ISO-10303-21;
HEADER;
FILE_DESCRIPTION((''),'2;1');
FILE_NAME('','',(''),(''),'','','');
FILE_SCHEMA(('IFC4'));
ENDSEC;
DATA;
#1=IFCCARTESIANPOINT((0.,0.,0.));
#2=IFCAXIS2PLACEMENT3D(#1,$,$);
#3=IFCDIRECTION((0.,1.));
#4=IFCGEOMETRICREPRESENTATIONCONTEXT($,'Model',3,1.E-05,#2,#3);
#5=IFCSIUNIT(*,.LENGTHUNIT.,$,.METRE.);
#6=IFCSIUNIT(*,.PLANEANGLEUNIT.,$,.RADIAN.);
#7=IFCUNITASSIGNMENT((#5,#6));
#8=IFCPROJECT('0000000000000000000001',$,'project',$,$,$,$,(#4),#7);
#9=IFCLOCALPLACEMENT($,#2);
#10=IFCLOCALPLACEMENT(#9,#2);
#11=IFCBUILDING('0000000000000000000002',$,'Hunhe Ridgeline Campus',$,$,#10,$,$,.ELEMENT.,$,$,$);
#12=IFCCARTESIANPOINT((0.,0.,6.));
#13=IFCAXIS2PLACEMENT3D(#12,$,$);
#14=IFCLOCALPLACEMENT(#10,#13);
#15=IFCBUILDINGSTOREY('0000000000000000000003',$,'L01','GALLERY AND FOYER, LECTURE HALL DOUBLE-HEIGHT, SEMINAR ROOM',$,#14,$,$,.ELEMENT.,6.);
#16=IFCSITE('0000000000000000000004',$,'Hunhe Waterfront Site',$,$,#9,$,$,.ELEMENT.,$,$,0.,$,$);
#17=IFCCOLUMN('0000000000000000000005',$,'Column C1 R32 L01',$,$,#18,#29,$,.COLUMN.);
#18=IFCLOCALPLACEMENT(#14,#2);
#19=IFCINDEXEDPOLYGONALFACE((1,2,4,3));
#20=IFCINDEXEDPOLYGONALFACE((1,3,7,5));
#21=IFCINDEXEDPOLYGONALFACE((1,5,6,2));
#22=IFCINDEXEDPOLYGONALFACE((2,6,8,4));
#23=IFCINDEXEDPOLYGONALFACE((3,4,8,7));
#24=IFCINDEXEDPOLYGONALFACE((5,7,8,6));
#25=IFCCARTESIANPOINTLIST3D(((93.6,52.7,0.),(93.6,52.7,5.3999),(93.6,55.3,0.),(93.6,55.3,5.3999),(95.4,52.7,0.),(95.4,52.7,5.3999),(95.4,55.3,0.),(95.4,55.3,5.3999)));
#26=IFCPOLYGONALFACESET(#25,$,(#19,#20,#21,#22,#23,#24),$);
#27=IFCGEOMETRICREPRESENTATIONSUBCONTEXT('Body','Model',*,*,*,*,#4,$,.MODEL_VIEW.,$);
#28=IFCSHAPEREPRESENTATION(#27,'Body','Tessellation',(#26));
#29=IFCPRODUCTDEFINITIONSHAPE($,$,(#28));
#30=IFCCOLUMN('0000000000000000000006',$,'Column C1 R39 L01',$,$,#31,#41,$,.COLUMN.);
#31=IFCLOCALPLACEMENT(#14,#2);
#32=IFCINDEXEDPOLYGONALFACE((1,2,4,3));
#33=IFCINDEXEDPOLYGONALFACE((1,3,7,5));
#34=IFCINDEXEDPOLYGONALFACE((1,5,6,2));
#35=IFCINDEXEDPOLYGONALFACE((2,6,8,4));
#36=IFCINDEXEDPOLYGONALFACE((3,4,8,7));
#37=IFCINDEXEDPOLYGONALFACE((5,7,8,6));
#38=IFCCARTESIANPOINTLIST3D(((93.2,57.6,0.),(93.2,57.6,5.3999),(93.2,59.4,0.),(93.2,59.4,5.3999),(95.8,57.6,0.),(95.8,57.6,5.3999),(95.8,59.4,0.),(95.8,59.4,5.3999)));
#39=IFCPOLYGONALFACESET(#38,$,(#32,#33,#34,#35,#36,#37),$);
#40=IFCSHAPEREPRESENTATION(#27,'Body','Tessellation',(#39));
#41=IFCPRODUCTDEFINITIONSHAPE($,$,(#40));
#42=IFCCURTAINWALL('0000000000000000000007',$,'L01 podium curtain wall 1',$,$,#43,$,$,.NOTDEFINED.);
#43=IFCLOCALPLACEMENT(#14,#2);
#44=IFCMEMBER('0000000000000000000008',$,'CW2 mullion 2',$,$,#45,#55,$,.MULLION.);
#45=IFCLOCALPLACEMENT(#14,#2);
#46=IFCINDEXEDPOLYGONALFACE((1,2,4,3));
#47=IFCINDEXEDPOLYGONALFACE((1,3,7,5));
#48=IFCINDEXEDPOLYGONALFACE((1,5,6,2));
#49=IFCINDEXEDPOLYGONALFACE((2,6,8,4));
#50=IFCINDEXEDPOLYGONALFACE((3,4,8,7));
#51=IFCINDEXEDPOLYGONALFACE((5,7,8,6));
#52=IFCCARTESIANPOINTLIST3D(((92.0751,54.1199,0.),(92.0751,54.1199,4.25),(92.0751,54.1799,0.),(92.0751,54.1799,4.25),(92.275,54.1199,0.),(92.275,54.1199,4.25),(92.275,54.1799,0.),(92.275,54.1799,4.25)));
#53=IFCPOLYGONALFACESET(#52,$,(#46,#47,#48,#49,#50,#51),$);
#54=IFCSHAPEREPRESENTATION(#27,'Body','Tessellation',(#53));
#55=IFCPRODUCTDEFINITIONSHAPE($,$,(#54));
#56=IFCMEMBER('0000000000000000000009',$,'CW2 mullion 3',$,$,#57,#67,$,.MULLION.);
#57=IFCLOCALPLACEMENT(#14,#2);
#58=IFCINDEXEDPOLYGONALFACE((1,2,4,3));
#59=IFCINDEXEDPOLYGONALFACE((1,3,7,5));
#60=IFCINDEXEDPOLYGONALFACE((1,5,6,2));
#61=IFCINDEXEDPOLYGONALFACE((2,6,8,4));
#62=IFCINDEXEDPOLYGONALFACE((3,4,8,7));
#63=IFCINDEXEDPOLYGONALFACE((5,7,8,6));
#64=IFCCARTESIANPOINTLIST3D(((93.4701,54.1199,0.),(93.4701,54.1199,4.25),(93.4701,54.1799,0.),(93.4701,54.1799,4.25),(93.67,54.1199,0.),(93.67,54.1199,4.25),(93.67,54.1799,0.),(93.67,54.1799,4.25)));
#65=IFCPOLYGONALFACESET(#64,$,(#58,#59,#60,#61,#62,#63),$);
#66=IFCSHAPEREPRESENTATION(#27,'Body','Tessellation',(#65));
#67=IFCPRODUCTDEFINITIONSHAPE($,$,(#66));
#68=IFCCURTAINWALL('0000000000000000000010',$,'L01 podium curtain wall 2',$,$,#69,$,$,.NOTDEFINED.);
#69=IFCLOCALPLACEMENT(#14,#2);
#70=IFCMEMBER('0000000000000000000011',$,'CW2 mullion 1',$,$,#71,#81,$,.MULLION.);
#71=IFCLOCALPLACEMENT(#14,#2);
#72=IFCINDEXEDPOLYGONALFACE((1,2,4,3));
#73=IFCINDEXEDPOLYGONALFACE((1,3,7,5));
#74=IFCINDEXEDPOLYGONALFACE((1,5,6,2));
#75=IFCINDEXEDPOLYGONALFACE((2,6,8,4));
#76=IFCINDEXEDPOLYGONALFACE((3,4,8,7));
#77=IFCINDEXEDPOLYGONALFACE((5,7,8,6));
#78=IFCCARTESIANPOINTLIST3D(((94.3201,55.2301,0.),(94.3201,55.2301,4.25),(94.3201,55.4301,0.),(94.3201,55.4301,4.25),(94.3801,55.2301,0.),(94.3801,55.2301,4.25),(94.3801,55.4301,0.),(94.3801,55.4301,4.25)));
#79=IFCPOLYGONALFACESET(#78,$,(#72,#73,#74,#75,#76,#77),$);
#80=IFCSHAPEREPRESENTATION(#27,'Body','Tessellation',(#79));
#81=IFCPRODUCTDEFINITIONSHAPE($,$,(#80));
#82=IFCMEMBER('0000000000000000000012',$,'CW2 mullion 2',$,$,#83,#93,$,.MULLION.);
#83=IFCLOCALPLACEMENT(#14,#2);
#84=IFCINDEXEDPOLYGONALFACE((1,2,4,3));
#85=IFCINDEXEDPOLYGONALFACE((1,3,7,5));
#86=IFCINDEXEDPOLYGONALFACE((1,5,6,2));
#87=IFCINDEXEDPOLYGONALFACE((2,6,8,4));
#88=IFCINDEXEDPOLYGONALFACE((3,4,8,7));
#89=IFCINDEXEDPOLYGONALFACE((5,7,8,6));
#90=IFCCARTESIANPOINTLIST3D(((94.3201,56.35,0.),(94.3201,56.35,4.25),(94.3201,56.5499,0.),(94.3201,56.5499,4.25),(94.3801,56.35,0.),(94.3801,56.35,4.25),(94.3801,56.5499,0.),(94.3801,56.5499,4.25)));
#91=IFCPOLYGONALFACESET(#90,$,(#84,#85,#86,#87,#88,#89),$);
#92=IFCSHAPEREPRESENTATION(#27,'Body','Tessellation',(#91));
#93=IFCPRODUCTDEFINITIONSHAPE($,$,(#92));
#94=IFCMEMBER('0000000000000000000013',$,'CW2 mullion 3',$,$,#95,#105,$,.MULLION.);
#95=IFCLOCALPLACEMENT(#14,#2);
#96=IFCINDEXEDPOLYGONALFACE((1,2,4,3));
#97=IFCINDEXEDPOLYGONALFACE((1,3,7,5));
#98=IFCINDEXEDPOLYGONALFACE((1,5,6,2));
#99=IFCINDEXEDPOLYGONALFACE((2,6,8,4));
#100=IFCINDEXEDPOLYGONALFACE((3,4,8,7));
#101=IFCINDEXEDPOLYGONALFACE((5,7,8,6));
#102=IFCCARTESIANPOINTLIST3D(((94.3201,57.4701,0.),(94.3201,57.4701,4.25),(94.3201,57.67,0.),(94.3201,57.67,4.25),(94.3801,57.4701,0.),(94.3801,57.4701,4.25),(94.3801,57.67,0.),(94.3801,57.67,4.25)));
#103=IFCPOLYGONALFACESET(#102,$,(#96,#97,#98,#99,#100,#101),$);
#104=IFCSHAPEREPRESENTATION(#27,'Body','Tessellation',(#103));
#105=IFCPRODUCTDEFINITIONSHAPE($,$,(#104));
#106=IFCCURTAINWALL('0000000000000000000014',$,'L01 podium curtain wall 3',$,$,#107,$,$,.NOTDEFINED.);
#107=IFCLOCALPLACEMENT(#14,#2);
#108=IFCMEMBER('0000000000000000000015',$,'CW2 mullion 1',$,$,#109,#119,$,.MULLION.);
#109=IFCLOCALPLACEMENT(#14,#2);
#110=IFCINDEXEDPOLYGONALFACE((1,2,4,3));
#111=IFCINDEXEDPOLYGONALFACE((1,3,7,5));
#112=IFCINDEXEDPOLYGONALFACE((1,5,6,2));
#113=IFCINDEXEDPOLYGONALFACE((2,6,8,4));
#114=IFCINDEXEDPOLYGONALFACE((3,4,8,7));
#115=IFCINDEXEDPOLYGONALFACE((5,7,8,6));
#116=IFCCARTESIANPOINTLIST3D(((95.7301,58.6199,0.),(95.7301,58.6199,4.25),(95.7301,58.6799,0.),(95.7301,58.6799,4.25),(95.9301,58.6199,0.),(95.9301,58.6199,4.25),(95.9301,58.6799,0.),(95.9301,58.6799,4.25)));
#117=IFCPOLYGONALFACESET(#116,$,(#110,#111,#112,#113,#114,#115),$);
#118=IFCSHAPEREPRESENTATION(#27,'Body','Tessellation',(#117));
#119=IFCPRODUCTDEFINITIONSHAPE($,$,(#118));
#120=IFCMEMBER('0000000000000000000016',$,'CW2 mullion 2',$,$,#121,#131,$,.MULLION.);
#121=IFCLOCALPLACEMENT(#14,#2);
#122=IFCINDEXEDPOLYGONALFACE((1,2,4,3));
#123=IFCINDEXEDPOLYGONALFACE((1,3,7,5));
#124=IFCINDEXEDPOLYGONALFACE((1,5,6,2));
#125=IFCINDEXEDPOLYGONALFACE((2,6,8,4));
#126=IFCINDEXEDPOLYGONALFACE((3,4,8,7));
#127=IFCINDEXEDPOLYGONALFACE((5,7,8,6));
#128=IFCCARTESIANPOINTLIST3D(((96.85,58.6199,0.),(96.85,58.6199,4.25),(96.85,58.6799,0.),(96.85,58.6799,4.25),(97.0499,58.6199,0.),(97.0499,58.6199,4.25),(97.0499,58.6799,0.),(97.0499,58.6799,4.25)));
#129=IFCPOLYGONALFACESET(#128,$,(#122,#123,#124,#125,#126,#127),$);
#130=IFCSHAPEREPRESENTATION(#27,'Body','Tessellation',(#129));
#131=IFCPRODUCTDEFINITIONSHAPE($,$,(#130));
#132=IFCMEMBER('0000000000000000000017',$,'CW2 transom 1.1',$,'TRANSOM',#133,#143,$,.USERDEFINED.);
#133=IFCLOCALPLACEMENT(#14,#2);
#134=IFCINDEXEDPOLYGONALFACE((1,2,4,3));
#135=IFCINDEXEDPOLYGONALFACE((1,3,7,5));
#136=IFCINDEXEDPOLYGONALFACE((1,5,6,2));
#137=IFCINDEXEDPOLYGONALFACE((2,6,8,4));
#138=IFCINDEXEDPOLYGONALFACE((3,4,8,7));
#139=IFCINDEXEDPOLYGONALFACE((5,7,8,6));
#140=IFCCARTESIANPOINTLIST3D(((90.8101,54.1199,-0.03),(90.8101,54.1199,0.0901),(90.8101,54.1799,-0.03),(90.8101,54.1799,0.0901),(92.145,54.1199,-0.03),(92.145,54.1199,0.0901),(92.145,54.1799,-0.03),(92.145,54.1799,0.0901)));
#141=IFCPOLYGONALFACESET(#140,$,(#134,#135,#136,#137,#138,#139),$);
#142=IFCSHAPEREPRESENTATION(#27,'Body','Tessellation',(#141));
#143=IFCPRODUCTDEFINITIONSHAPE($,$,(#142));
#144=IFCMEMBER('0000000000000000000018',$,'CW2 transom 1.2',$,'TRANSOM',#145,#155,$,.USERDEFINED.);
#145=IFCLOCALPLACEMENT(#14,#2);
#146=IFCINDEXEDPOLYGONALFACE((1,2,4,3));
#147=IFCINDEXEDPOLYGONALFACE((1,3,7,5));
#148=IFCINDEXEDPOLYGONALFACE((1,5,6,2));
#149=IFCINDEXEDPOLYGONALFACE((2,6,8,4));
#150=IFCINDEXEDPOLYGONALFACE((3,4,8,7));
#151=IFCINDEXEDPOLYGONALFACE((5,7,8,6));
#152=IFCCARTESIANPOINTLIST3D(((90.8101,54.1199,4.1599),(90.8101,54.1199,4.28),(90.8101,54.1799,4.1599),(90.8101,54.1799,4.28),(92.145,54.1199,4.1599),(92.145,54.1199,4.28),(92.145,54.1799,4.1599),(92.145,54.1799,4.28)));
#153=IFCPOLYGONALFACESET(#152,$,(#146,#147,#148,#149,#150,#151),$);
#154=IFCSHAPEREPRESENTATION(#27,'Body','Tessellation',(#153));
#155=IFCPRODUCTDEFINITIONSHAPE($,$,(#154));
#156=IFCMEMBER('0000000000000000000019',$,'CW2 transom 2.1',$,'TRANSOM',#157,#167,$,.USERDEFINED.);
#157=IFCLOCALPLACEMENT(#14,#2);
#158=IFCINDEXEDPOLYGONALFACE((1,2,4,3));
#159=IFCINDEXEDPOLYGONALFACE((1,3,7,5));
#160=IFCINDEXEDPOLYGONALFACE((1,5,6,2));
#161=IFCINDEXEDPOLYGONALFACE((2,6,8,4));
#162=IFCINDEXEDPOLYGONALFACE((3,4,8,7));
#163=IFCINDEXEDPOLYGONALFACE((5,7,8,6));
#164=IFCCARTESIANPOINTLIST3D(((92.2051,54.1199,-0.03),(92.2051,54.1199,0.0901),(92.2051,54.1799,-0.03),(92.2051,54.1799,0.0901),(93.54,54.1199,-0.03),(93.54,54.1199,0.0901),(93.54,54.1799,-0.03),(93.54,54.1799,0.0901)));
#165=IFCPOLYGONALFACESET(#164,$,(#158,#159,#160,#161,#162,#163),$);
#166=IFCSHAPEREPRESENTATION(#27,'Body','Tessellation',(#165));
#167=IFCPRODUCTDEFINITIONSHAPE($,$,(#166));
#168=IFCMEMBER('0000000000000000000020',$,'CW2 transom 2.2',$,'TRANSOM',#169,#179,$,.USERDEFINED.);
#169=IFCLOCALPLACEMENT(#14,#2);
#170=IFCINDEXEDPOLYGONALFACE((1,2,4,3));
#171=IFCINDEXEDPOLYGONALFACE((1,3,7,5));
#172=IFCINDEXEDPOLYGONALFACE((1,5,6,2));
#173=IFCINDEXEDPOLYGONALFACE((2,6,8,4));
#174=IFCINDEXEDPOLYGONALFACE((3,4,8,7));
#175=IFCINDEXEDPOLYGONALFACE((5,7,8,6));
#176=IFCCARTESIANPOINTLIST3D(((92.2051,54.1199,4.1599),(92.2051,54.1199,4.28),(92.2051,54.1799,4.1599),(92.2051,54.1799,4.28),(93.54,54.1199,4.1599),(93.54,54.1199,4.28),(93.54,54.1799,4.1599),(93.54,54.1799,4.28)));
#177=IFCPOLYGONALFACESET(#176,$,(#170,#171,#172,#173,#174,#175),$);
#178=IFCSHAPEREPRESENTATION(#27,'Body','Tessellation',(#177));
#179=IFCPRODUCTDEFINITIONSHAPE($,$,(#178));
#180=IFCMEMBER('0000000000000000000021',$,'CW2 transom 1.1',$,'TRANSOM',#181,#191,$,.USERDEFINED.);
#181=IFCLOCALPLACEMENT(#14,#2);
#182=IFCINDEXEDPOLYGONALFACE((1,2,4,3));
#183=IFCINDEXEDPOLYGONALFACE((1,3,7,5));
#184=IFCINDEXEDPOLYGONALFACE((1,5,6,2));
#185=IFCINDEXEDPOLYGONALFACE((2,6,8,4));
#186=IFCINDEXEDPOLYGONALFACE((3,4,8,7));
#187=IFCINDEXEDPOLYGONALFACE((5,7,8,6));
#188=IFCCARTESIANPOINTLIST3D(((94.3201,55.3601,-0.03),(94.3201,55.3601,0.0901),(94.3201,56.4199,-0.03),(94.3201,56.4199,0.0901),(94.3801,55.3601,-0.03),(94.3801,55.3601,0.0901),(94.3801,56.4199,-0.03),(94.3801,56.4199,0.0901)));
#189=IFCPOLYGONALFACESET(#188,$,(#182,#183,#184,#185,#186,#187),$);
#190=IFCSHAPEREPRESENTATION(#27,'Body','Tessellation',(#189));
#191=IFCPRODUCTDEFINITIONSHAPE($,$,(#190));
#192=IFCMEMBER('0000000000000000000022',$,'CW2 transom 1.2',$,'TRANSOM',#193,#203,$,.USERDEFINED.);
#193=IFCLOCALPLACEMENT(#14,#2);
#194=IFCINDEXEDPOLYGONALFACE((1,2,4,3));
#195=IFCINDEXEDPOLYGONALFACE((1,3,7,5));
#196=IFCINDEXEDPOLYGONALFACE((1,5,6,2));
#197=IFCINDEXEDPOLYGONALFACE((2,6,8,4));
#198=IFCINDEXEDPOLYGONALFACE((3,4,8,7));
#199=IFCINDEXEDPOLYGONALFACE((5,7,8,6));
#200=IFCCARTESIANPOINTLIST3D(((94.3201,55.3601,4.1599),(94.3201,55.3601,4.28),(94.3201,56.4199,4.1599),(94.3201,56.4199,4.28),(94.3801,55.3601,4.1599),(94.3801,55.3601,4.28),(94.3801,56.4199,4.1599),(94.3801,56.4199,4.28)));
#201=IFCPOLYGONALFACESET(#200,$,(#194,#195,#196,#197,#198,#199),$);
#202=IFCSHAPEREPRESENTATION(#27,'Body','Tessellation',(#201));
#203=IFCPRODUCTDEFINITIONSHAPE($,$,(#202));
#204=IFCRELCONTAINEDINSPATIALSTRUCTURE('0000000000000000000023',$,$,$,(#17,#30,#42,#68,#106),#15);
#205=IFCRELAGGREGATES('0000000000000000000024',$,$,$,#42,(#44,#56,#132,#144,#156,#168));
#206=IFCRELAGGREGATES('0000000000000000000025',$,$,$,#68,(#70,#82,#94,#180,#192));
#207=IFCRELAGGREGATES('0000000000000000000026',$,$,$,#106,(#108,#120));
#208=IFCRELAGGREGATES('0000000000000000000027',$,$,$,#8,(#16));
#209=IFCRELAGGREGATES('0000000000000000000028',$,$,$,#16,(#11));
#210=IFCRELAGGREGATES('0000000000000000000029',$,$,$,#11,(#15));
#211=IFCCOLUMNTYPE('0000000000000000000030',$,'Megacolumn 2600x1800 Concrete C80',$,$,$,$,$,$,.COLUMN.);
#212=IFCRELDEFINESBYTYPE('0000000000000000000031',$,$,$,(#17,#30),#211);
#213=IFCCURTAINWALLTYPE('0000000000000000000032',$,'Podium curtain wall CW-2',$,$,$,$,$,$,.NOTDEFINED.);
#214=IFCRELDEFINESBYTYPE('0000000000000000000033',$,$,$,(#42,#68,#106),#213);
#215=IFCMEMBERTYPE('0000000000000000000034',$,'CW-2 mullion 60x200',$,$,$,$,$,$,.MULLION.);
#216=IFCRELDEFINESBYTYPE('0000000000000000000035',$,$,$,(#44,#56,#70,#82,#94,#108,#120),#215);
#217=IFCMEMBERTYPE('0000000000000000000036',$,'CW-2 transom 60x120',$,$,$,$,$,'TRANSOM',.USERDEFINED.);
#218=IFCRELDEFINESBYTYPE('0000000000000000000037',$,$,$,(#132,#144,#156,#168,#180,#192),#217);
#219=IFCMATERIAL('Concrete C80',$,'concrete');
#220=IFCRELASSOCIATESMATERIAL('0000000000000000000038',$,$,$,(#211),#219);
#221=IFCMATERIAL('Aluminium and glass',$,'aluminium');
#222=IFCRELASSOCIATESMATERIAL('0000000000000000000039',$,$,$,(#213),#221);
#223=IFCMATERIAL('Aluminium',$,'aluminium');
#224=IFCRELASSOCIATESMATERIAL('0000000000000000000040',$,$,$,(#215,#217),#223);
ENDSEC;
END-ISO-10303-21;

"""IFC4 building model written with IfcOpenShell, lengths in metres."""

from ifc_helpers import new_model, si_unit, direction, frame, origin, origin_2d, place, context, subcontext, project, spatial, rectangle, extrude, material, material_profile, profile_set, type_object, element, aggregate, save


model = new_model("IFC4")

# Units and contexts
model_context = context("Model", 3, precision=1e-05, world=origin(), true_north=direction((0.0, 1.0)))
body_context = subcontext(model_context, "Body", "Model", "MODEL_VIEW")
ifc_project = project(units=[si_unit("LENGTHUNIT", "METRE"), si_unit("PLANEANGLEUNIT", "RADIAN")], contexts=[model_context])

# Site, building, storey
site_placement = place(None, origin())
site = spatial("IfcSite", under=ifc_project, at=site_placement, Name="Hunhe Waterfront Site", CompositionType="ELEMENT", RefElevation=0.0)
building_placement = place(site_placement, origin())
building = spatial("IfcBuilding", under=site, at=building_placement, Name="Hunhe Ridgeline Campus", CompositionType="ELEMENT")
storey_placement = place(building_placement, frame((0.0, 0.0, 6.0)))
storey = spatial("IfcBuildingStorey", under=building, at=storey_placement, Name="L01", Description="GALLERY AND FOYER, LECTURE HALL DOUBLE-HEIGHT, SEMINAR ROOM", CompositionType="ELEMENT", Elevation=6.0)

# Columns
ifc_material_1 = material(Name="Concrete C80", Category="concrete")
ifc_material_profile_1 = material_profile(ifc_material_1, rectangle(XDim=2.6001, YDim=1.8, at=origin_2d()))
ifc_profile_set_1 = profile_set([ifc_material_profile_1], Name="Concrete C80")
column_type = type_object("IfcColumnType", Name="Megacolumn 2600x1800 Concrete C80", PredefinedType="COLUMN", material=ifc_profile_set_1)
for number, where, z_axis, x_axis, name in (
    (1, (94.5, 54.0, 0.0), (0.0, 0.0, 1.0), (0.0, 1.0, 0.0), "Column C1 R32 L01"),
    (2, (94.5, 58.5, 0.0), (0.0, 0.0, 1.0), (1.0, 0.0, 0.0), "Column C1 R39 L01"),
):
    element("IfcColumn", number, at=place(storey_placement, frame(where, z_axis=z_axis, x_axis=x_axis)), inside=storey, type_object=column_type, Name=name, PredefinedType="COLUMN", context=body_context, shape_type="SweptSolid", body=[
        extrude(rectangle(XDim=2.6001, YDim=1.8, at=origin_2d()), origin(), (0.0, 0.0, 1.0), 5.3999),
    ])

# Curtain walls, members
ifc_material_2 = material(Name="Aluminium and glass", Category="aluminium")
curtain_wall_type = type_object("IfcCurtainWallType", Name="Podium curtain wall CW-2", PredefinedType="NOTDEFINED", material=ifc_material_2)
curtain_wall_1_placement = place(storey_placement, origin())
curtain_wall_1 = element("IfcCurtainWall", 3, at=curtain_wall_1_placement, inside=storey, type_object=curtain_wall_type, Name="L01 podium curtain wall 1", PredefinedType="NOTDEFINED")
ifc_material_3 = material(Name="Aluminium", Category="aluminium")
ifc_material_profile_2 = material_profile(ifc_material_3, rectangle(XDim=0.0601, YDim=0.2, at=origin_2d()))
ifc_profile_set_2 = profile_set([ifc_material_profile_2], Name="Aluminium")
member_type_1 = type_object("IfcMemberType", Name="CW-2 mullion 60x200", PredefinedType="MULLION", material=ifc_profile_set_2)
member_1_placement = place(storey_placement, frame((92.175, 54.1499, 0.0), z_axis=(0.0, 0.0, 1.0), x_axis=(0.0, 1.0, 0.0)))
member_1 = element("IfcMember", 4, at=member_1_placement, type_object=member_type_1, Name="CW2 mullion 2", PredefinedType="MULLION", context=body_context, shape_type="SweptSolid", body=[
    extrude(rectangle(XDim=0.0601, YDim=0.2, at=origin_2d()), origin(), (0.0, 0.0, 1.0), 4.25),
])
member_2_placement = place(storey_placement, frame((93.5701, 54.1499, 0.0), z_axis=(0.0, 0.0, 1.0), x_axis=(0.0, 1.0, 0.0)))
member_2 = element("IfcMember", 5, at=member_2_placement, type_object=member_type_1, Name="CW2 mullion 3", PredefinedType="MULLION", context=body_context, shape_type="SweptSolid", body=[
    extrude(rectangle(XDim=0.0601, YDim=0.2, at=origin_2d()), origin(), (0.0, 0.0, 1.0), 4.25),
])
curtain_wall_2_placement = place(storey_placement, origin())
curtain_wall_2 = element("IfcCurtainWall", 6, at=curtain_wall_2_placement, inside=storey, type_object=curtain_wall_type, Name="L01 podium curtain wall 2", PredefinedType="NOTDEFINED")
member_3_placement = place(storey_placement, frame((94.3501, 55.3301, 0.0), z_axis=(0.0, 0.0, 1.0), x_axis=(-1.0, 0.0, 0.0)))
member_3 = element("IfcMember", 7, at=member_3_placement, type_object=member_type_1, Name="CW2 mullion 1", PredefinedType="MULLION", context=body_context, shape_type="SweptSolid", body=[
    extrude(rectangle(XDim=0.0601, YDim=0.2, at=origin_2d()), origin(), (0.0, 0.0, 1.0), 4.25),
])
member_4_placement = place(storey_placement, frame((94.3501, 56.45, 0.0), z_axis=(0.0, 0.0, 1.0), x_axis=(-1.0, 0.0, 0.0)))
member_4 = element("IfcMember", 8, at=member_4_placement, type_object=member_type_1, Name="CW2 mullion 2", PredefinedType="MULLION", context=body_context, shape_type="SweptSolid", body=[
    extrude(rectangle(XDim=0.0601, YDim=0.2, at=origin_2d()), origin(), (0.0, 0.0, 1.0), 4.25),
])
member_5_placement = place(storey_placement, frame((94.3501, 57.5701, 0.0), z_axis=(0.0, 0.0, 1.0), x_axis=(-1.0, 0.0, 0.0)))
member_5 = element("IfcMember", 9, at=member_5_placement, type_object=member_type_1, Name="CW2 mullion 3", PredefinedType="MULLION", context=body_context, shape_type="SweptSolid", body=[
    extrude(rectangle(XDim=0.0601, YDim=0.2, at=origin_2d()), origin(), (0.0, 0.0, 1.0), 4.25),
])
curtain_wall_3_placement = place(storey_placement, origin())
curtain_wall_3 = element("IfcCurtainWall", 10, at=curtain_wall_3_placement, inside=storey, type_object=curtain_wall_type, Name="L01 podium curtain wall 3", PredefinedType="NOTDEFINED")
member_6_placement = place(storey_placement, frame((95.8301, 58.6499, 0.0), z_axis=(0.0, 0.0, 1.0), x_axis=(0.0, 1.0, 0.0)))
member_6 = element("IfcMember", 11, at=member_6_placement, type_object=member_type_1, Name="CW2 mullion 1", PredefinedType="MULLION", context=body_context, shape_type="SweptSolid", body=[
    extrude(rectangle(XDim=0.0601, YDim=0.2, at=origin_2d()), origin(), (0.0, 0.0, 1.0), 4.25),
])
member_7_placement = place(storey_placement, frame((96.95, 58.6499, 0.0), z_axis=(0.0, 0.0, 1.0), x_axis=(0.0, 1.0, 0.0)))
member_7 = element("IfcMember", 12, at=member_7_placement, type_object=member_type_1, Name="CW2 mullion 2", PredefinedType="MULLION", context=body_context, shape_type="SweptSolid", body=[
    extrude(rectangle(XDim=0.0601, YDim=0.2, at=origin_2d()), origin(), (0.0, 0.0, 1.0), 4.25),
])

# Members
ifc_material_profile_3 = material_profile(ifc_material_3, rectangle(XDim=0.0601, YDim=0.1201, at=origin_2d()))
ifc_profile_set_3 = profile_set([ifc_material_profile_3], Name="Aluminium")
member_type_2 = type_object("IfcMemberType", Name="CW-2 transom 60x120", ElementType="TRANSOM", PredefinedType="USERDEFINED", material=ifc_profile_set_3)
member_8_placement = place(storey_placement, frame((90.8101, 54.1499, 0.03), z_axis=(1.0, 0.0, 0.0), x_axis=(0.0, 1.0, 0.0)))
member_8 = element("IfcMember", 13, at=member_8_placement, type_object=member_type_2, Name="CW2 transom 1.1", ObjectType="TRANSOM", PredefinedType="USERDEFINED", context=body_context, shape_type="SweptSolid", body=[
    extrude(rectangle(XDim=0.0601, YDim=0.1201, at=origin_2d()), origin(), (0.0, 0.0, 1.0), 1.335),
])
member_9_placement = place(storey_placement, frame((90.8101, 54.1499, 4.22), z_axis=(1.0, 0.0, 0.0), x_axis=(0.0, 1.0, 0.0)))
member_9 = element("IfcMember", 14, at=member_9_placement, type_object=member_type_2, Name="CW2 transom 1.2", ObjectType="TRANSOM", PredefinedType="USERDEFINED", context=body_context, shape_type="SweptSolid", body=[
    extrude(rectangle(XDim=0.0601, YDim=0.1201, at=origin_2d()), origin(), (0.0, 0.0, 1.0), 1.335),
])
member_10_placement = place(storey_placement, frame((92.2051, 54.1499, 0.03), z_axis=(1.0, 0.0, 0.0), x_axis=(0.0, 1.0, 0.0)))
member_10 = element("IfcMember", 15, at=member_10_placement, type_object=member_type_2, Name="CW2 transom 2.1", ObjectType="TRANSOM", PredefinedType="USERDEFINED", context=body_context, shape_type="SweptSolid", body=[
    extrude(rectangle(XDim=0.0601, YDim=0.1201, at=origin_2d()), origin(), (0.0, 0.0, 1.0), 1.335),
])
member_11_placement = place(storey_placement, frame((92.2051, 54.1499, 4.22), z_axis=(1.0, 0.0, 0.0), x_axis=(0.0, 1.0, 0.0)))
member_11 = element("IfcMember", 16, at=member_11_placement, type_object=member_type_2, Name="CW2 transom 2.2", ObjectType="TRANSOM", PredefinedType="USERDEFINED", context=body_context, shape_type="SweptSolid", body=[
    extrude(rectangle(XDim=0.0601, YDim=0.1201, at=origin_2d()), origin(), (0.0, 0.0, 1.0), 1.335),
])
member_12_placement = place(storey_placement, frame((94.3501, 55.3601, 0.03), z_axis=(0.0, 1.0, 0.0), x_axis=(-1.0, 0.0, 0.0)))
member_12 = element("IfcMember", 17, at=member_12_placement, type_object=member_type_2, Name="CW2 transom 1.1", ObjectType="TRANSOM", PredefinedType="USERDEFINED", context=body_context, shape_type="SweptSolid", body=[
    extrude(rectangle(XDim=0.0601, YDim=0.1201, at=origin_2d()), origin(), (0.0, 0.0, 1.0), 1.0598),
])
member_13_placement = place(storey_placement, frame((94.3501, 55.3601, 4.22), z_axis=(0.0, 1.0, 0.0), x_axis=(-1.0, 0.0, 0.0)))
member_13 = element("IfcMember", 18, at=member_13_placement, type_object=member_type_2, Name="CW2 transom 1.2", ObjectType="TRANSOM", PredefinedType="USERDEFINED", context=body_context, shape_type="SweptSolid", body=[
    extrude(rectangle(XDim=0.0601, YDim=0.1201, at=origin_2d()), origin(), (0.0, 0.0, 1.0), 1.0598),
])

aggregate(curtain_wall_1, [member_1, member_2, member_8, member_9, member_10, member_11])
aggregate(curtain_wall_2, [member_3, member_4, member_5, member_12, member_13])
aggregate(curtain_wall_3, [member_6, member_7])

save(model, "model.ifc")
